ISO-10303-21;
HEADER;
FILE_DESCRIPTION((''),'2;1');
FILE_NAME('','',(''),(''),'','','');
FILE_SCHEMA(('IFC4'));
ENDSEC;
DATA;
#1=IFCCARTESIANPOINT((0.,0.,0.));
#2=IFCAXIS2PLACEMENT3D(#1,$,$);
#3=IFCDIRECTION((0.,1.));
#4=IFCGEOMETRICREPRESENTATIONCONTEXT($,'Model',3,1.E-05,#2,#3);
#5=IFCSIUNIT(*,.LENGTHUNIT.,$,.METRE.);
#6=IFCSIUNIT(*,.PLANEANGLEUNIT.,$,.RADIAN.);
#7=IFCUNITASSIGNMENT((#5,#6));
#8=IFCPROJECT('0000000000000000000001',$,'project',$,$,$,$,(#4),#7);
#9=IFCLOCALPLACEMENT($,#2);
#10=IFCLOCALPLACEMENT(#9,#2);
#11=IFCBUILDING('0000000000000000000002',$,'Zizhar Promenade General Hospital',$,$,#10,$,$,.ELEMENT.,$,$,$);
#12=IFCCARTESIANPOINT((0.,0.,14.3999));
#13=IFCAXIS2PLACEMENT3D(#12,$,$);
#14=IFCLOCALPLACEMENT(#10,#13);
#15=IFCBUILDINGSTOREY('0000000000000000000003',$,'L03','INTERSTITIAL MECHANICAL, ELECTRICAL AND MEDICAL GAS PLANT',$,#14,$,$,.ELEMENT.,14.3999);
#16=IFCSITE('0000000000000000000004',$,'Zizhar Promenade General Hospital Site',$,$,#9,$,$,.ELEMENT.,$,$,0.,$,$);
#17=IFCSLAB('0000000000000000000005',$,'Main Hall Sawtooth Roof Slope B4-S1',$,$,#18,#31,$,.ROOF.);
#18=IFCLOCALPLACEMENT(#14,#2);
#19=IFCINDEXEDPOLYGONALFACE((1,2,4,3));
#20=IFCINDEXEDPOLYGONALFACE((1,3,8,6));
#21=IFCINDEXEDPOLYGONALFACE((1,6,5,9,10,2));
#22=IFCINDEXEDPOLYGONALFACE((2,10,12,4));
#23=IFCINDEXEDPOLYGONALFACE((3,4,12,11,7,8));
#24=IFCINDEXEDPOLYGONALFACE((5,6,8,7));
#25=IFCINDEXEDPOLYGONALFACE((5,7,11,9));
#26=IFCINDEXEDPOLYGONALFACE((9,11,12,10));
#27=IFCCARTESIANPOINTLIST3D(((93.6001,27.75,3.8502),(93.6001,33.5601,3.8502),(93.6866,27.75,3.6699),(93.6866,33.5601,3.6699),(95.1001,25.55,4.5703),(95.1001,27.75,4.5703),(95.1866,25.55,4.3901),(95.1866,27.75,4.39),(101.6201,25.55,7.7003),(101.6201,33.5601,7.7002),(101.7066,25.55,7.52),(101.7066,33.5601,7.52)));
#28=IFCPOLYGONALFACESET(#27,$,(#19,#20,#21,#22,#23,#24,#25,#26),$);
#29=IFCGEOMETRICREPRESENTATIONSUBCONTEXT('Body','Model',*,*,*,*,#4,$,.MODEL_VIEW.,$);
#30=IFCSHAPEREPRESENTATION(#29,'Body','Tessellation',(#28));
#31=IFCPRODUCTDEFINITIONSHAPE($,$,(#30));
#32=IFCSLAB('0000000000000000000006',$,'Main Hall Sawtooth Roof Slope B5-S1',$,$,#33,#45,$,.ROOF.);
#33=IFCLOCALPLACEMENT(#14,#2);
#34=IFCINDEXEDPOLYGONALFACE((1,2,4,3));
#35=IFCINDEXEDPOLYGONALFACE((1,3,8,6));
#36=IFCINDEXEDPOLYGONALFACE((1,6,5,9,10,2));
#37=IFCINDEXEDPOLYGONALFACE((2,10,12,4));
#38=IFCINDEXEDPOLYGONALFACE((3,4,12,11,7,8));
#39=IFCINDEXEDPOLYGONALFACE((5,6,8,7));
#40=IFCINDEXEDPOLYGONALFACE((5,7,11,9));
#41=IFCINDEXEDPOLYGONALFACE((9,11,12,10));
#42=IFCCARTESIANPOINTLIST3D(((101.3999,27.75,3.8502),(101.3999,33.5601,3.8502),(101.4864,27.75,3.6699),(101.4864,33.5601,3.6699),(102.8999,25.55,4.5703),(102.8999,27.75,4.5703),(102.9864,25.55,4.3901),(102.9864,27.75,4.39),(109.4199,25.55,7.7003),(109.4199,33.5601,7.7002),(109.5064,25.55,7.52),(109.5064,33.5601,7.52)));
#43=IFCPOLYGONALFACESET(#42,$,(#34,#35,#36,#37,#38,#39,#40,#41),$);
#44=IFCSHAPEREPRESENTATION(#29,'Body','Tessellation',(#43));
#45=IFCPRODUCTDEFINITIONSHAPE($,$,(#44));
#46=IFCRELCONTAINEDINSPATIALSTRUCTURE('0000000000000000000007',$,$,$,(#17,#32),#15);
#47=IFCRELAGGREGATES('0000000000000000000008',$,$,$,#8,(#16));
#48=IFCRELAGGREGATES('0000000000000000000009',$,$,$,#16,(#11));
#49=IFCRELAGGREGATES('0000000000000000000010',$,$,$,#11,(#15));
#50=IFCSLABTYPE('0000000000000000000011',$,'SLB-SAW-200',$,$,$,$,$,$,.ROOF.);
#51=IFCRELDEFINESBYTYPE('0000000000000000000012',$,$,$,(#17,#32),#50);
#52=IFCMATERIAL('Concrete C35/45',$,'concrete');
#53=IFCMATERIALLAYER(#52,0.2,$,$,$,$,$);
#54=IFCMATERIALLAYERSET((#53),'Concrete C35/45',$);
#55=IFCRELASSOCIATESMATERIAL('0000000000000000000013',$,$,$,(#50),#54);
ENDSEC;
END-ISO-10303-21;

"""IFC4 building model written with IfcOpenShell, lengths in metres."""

from ifc_helpers import new_model, si_unit, direction, frame, origin, place, context, subcontext, project, spatial, polyline, outline, extrude, material, layer, layer_set, type_object, element, save


model = new_model("IFC4")

# Units and contexts
model_context = context("Model", 3, precision=1e-05, world=origin(), true_north=direction((0.0, 1.0)))
body_context = subcontext(model_context, "Body", "Model", "MODEL_VIEW")
ifc_project = project(units=[si_unit("LENGTHUNIT", "METRE"), si_unit("PLANEANGLEUNIT", "RADIAN")], contexts=[model_context])

# Site, building, storey
site_placement = place(None, origin())
site = spatial("IfcSite", under=ifc_project, at=site_placement, Name="Zizhar Promenade General Hospital Site", CompositionType="ELEMENT", RefElevation=0.0)
building_placement = place(site_placement, origin())
building = spatial("IfcBuilding", under=site, at=building_placement, Name="Zizhar Promenade General Hospital", CompositionType="ELEMENT")
storey_placement = place(building_placement, frame((0.0, 0.0, 14.3999)))
storey = spatial("IfcBuildingStorey", under=building, at=storey_placement, Name="L03", Description="INTERSTITIAL MECHANICAL, ELECTRICAL AND MEDICAL GAS PLANT", CompositionType="ELEMENT", Elevation=14.3999)

# Slabs
ifc_material_1 = material(Name="Concrete C35/45", Category="concrete")
ifc_layer_1 = layer(ifc_material_1, 0.2)
ifc_layer_set_1 = layer_set([ifc_layer_1], Name="Concrete C35/45")
slab_type = type_object("IfcSlabType", Name="SLB-SAW-200", PredefinedType="ROOF", material=ifc_layer_set_1)
for number, where, z_axis, x_axis, name in (
    (1, (95.1001, 25.55, 4.5703), (-0.432772, 0.000007, 0.901503), (0.901503, 0.0, 0.432772), "Main Hall Sawtooth Roof Slope B4-S1"),
    (2, (102.8999, 25.55, 4.5703), (-0.432772, 0.000007, 0.901503), (0.901503, 0.0, 0.432772), "Main Hall Sawtooth Roof Slope B5-S1"),
):
    element("IfcSlab", number, at=place(storey_placement, frame(where, z_axis=z_axis, x_axis=x_axis)), inside=storey, type_object=slab_type, Name=name, PredefinedType="ROOF", context=body_context, shape_type="SweptSolid", body=[
        extrude(outline(polyline([(0.0, 0.0), (7.2323, 0.0), (7.2323, 8.01), (-1.6639, 8.01), (-1.6639, 2.2), (0.0, 2.2), (0.0, 0.0)])), origin(), (0.0, 0.0, -1.0), 0.2),
    ])

save(model, "model.ifc")
